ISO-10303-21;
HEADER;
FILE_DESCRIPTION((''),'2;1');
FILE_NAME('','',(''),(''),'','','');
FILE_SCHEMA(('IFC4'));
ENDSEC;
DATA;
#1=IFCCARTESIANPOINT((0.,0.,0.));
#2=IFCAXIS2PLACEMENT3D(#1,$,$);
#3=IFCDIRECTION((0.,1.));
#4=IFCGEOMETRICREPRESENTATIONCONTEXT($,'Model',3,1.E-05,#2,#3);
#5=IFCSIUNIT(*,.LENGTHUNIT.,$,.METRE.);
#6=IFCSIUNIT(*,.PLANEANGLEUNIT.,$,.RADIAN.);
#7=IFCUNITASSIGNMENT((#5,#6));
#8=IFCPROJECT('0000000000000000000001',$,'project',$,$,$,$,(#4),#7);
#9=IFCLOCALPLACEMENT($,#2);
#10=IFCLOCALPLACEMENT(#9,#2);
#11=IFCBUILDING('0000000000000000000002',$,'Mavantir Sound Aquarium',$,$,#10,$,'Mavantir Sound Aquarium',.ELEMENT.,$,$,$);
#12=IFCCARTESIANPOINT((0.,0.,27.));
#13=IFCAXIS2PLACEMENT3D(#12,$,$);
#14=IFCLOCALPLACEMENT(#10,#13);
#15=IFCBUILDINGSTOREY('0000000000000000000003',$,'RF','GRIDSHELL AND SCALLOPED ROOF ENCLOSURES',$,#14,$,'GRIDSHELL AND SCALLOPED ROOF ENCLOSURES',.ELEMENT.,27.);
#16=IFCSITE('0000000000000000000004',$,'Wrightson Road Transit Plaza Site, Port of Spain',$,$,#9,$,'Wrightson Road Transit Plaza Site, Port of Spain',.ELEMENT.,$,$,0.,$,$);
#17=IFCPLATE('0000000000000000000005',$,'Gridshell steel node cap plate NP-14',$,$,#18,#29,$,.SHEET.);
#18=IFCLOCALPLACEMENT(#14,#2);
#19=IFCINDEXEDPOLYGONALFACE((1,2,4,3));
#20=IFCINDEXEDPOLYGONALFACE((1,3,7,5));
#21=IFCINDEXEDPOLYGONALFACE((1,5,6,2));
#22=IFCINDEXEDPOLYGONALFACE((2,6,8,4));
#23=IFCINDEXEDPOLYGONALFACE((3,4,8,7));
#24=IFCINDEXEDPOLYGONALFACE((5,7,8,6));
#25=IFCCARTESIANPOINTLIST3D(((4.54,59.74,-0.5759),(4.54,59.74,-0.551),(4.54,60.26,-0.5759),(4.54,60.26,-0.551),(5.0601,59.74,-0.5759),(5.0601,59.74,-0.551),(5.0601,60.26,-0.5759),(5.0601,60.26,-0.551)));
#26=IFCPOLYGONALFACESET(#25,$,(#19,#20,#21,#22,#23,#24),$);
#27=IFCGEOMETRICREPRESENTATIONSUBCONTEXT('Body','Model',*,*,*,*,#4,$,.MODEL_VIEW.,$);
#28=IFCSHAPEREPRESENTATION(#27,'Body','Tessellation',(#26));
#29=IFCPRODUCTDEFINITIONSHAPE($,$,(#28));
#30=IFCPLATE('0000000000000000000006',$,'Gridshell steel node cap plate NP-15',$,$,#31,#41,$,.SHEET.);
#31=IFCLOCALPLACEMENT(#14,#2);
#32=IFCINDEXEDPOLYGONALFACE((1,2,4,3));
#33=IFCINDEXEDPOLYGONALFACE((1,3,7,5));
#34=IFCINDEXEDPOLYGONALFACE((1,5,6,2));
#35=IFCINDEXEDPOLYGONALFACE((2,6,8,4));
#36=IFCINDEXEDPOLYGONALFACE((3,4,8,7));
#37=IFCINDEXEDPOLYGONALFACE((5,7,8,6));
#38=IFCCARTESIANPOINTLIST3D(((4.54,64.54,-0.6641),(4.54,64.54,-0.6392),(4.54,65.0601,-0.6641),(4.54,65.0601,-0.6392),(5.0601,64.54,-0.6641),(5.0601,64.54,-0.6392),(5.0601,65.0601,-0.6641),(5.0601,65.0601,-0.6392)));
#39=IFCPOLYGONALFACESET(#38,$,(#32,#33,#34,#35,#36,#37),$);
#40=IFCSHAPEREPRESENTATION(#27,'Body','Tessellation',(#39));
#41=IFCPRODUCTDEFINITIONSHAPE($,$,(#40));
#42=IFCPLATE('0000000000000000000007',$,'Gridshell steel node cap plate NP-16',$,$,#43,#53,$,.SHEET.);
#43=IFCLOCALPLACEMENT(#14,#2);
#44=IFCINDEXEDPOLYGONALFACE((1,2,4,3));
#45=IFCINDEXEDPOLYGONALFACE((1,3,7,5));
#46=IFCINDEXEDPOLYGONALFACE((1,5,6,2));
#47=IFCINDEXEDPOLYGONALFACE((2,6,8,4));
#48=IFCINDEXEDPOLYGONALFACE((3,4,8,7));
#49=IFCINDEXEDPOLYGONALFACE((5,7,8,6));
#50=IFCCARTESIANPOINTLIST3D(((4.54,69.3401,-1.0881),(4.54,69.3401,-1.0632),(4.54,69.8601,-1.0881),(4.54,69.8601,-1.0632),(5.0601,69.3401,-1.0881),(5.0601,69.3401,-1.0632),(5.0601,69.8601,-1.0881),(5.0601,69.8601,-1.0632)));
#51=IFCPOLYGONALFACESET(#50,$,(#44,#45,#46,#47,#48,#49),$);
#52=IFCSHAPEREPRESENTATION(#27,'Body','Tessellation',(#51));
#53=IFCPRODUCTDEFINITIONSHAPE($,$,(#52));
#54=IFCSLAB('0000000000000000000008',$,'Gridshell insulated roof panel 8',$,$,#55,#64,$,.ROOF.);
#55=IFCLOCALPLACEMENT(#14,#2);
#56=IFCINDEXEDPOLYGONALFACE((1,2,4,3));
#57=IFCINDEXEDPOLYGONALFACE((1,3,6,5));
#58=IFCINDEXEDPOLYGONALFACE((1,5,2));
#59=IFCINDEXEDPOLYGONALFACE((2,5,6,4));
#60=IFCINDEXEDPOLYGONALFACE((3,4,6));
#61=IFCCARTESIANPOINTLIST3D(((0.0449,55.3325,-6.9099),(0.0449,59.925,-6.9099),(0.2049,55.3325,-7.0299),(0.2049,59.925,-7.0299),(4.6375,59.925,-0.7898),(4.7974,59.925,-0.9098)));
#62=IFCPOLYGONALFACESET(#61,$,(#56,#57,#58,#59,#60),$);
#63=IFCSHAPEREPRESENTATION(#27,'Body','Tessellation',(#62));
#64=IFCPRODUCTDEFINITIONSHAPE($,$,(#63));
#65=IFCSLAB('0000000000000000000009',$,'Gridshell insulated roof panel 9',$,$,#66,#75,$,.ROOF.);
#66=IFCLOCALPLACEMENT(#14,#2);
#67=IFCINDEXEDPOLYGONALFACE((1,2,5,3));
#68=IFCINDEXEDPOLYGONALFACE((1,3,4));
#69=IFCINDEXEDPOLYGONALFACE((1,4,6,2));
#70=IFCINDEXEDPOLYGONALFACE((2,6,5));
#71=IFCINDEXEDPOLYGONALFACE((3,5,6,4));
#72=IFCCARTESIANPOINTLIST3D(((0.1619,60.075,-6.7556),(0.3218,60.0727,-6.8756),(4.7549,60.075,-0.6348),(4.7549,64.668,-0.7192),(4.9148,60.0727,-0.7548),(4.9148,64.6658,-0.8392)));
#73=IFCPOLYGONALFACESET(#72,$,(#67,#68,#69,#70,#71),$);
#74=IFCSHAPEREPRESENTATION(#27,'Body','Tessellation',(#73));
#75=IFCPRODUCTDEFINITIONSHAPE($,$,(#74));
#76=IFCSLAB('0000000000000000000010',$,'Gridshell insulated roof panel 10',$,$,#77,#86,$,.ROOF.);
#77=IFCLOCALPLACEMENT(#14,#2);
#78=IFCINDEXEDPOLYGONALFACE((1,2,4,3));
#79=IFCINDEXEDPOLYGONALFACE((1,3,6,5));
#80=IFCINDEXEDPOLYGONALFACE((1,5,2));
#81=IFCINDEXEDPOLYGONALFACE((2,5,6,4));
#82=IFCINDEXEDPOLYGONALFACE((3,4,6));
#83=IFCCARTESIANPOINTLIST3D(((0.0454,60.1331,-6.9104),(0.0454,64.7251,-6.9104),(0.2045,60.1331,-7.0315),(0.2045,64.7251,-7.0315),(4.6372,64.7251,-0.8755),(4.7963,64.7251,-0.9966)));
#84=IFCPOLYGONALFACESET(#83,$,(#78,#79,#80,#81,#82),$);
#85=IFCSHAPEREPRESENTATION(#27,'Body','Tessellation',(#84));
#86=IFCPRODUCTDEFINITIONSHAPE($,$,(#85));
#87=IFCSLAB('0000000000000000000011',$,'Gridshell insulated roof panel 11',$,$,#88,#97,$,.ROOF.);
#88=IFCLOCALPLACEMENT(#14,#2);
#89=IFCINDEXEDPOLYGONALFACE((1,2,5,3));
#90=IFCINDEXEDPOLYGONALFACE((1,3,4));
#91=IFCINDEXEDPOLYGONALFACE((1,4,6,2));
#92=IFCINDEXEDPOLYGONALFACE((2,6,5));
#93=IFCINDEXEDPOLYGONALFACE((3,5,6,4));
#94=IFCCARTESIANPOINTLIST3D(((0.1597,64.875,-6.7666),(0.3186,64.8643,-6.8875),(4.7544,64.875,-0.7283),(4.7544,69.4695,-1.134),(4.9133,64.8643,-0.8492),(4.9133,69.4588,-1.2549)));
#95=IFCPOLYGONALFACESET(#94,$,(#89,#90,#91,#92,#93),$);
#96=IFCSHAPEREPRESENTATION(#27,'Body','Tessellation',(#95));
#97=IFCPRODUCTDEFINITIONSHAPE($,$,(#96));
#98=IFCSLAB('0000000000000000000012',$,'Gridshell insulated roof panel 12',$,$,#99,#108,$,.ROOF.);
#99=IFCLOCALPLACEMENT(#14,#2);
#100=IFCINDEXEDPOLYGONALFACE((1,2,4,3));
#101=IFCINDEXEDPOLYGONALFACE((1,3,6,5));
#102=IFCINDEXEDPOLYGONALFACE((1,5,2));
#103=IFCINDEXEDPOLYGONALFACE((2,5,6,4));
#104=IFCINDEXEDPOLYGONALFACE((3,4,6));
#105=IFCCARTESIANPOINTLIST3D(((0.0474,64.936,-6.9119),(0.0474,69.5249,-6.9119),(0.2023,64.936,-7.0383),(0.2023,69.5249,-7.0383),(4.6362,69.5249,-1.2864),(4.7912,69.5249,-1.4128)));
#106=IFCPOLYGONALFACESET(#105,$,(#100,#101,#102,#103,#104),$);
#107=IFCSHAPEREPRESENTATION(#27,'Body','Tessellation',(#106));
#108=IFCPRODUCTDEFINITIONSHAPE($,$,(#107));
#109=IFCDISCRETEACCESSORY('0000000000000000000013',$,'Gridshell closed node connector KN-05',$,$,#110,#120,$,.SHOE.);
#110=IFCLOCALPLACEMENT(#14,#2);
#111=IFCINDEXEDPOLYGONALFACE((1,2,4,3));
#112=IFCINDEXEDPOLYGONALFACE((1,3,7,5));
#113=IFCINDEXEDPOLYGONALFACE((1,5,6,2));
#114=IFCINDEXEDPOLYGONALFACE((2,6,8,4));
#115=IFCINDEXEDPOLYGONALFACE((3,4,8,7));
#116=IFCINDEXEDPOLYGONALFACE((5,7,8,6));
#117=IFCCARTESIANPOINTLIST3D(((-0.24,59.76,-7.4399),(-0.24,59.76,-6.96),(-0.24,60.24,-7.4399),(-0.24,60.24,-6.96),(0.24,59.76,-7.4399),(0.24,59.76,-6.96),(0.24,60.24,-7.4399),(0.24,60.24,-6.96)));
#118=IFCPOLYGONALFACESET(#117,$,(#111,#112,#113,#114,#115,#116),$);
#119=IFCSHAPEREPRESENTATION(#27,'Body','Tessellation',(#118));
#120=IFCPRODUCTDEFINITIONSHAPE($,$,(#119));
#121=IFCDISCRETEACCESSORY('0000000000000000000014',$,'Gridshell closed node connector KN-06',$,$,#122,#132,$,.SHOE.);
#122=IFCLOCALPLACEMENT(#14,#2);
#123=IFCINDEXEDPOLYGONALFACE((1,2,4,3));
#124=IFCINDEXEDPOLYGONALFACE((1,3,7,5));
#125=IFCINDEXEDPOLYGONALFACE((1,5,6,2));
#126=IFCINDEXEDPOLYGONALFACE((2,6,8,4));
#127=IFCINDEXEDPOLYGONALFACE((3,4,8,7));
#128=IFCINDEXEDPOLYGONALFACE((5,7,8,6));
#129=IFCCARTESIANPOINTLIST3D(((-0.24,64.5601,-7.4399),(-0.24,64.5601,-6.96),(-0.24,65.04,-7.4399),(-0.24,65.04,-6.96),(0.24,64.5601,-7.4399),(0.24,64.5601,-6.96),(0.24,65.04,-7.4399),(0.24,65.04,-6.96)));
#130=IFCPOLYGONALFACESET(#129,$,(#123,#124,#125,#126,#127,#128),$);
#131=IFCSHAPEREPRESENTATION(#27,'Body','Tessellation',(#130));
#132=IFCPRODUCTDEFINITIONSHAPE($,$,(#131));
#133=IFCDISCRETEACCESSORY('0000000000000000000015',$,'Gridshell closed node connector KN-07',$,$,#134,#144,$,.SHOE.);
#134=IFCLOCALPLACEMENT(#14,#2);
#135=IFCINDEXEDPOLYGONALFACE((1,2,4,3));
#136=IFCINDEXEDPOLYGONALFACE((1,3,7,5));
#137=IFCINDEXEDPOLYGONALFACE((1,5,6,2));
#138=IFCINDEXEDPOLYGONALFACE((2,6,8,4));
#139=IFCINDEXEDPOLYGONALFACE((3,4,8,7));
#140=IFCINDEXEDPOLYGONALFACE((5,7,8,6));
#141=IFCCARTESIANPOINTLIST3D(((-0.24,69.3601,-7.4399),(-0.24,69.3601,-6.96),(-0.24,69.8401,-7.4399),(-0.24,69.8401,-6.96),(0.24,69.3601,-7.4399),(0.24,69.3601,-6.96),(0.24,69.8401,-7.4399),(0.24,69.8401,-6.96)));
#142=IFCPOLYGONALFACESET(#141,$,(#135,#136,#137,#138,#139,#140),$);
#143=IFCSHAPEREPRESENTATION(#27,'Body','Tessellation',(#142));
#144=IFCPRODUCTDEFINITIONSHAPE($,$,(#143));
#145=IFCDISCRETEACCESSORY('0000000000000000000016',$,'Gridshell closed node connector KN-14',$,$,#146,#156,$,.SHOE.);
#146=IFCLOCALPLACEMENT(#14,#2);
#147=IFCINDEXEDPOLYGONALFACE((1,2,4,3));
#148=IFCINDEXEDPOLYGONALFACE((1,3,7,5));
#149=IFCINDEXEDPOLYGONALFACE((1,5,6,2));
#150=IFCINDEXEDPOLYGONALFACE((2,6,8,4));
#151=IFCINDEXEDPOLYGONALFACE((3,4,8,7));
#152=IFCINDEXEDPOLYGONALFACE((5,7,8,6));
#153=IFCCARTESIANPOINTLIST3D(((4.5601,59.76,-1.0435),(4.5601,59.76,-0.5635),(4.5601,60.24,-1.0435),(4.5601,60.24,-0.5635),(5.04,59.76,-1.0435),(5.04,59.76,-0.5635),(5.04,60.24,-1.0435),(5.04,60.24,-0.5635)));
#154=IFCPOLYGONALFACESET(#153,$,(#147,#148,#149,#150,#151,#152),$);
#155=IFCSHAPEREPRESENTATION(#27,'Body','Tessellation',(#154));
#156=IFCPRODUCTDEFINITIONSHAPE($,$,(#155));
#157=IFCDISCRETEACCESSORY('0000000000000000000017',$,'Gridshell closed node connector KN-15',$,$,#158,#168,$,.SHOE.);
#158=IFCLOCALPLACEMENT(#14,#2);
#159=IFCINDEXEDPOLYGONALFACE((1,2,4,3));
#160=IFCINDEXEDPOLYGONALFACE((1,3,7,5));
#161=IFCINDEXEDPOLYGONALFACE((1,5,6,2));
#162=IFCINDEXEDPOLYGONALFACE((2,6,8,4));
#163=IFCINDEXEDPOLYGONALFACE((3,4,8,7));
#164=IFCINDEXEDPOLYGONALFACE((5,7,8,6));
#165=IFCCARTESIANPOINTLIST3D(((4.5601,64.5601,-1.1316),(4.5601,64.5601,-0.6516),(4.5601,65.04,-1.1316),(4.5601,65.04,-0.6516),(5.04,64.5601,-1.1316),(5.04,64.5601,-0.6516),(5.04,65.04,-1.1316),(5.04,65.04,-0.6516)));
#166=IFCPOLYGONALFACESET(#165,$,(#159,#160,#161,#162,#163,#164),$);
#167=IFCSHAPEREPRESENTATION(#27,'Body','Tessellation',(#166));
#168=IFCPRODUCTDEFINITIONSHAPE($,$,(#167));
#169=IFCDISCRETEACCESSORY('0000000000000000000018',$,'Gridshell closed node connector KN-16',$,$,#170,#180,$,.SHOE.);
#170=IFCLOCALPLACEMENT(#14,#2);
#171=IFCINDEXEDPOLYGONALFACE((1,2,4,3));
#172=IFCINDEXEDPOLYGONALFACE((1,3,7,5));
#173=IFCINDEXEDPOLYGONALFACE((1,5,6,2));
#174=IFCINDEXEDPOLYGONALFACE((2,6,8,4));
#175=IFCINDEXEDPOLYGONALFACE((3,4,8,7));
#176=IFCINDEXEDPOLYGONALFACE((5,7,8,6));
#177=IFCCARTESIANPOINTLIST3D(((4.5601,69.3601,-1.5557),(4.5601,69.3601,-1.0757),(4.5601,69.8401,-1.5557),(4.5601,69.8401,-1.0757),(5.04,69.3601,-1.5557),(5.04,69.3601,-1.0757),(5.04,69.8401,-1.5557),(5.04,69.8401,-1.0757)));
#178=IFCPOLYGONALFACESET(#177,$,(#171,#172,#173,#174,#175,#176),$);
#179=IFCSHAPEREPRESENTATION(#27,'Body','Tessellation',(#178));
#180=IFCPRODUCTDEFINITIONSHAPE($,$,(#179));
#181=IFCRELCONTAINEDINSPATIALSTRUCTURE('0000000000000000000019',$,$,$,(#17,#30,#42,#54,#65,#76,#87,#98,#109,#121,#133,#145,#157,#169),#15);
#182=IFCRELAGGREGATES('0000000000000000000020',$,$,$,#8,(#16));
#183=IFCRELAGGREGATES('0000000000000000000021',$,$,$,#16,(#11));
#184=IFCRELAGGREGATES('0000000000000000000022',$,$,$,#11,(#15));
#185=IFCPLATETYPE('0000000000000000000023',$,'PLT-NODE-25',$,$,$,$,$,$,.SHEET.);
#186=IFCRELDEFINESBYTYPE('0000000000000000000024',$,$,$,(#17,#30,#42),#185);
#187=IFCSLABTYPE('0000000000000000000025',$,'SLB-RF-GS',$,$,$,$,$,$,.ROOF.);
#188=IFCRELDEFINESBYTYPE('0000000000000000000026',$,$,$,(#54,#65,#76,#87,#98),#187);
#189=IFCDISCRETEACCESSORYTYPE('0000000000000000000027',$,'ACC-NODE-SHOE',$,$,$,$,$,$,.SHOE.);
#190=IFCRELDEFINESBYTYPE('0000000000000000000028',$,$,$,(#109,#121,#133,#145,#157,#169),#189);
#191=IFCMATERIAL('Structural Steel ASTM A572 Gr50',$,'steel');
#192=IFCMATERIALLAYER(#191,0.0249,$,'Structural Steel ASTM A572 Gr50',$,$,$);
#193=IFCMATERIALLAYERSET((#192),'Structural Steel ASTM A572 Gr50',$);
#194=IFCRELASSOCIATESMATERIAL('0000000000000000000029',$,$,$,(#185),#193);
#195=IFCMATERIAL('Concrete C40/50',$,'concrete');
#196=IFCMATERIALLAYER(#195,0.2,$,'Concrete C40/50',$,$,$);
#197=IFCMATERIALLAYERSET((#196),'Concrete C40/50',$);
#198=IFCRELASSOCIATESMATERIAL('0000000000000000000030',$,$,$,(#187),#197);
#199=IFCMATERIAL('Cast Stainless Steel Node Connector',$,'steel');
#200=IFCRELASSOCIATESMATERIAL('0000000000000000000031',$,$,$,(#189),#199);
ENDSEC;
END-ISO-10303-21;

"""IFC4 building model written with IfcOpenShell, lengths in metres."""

from ifc_helpers import new_model, si_unit, direction, frame, origin, origin_2d, place, context, subcontext, project, spatial, polyline, rectangle, outline, extrude, material, layer, layer_set, type_object, element, save


model = new_model("IFC4")

# Units and contexts
model_context = context("Model", 3, precision=1e-05, world=origin(), true_north=direction((0.0, 1.0)))
body_context = subcontext(model_context, "Body", "Model", "MODEL_VIEW")
ifc_project = project(units=[si_unit("LENGTHUNIT", "METRE"), si_unit("PLANEANGLEUNIT", "RADIAN")], contexts=[model_context])

# Site, building, storey
site_placement = place(None, origin())
site = spatial("IfcSite", under=ifc_project, at=site_placement, Name="Wrightson Road Transit Plaza Site, Port of Spain", LongName="Wrightson Road Transit Plaza Site, Port of Spain", CompositionType="ELEMENT", RefElevation=0.0)
building_placement = place(site_placement, origin())
building = spatial("IfcBuilding", under=site, at=building_placement, Name="Mavantir Sound Aquarium", LongName="Mavantir Sound Aquarium", CompositionType="ELEMENT")
storey_placement = place(building_placement, frame((0.0, 0.0, 27.0)))
storey = spatial("IfcBuildingStorey", under=building, at=storey_placement, Name="RF", Description="GRIDSHELL AND SCALLOPED ROOF ENCLOSURES", LongName="GRIDSHELL AND SCALLOPED ROOF ENCLOSURES", CompositionType="ELEMENT", Elevation=27.0)

# Plates
ifc_material_1 = material(Name="Structural Steel ASTM A572 Gr50", Category="steel")
ifc_layer_1 = layer(ifc_material_1, 0.0249, Name="Structural Steel ASTM A572 Gr50")
ifc_layer_set_1 = layer_set([ifc_layer_1], Name="Structural Steel ASTM A572 Gr50")
plate_type_1 = type_object("IfcPlateType", Name="PLT-NODE-25", PredefinedType="SHEET", material=ifc_layer_set_1)
for number, where, z_axis, x_axis, name in (
    (1, (4.8, 60.0, -0.5759), (0.0, 0.0, 1.0), (1.0, 0.0, 0.0), "Gridshell steel node cap plate NP-14"),
    (2, (4.8, 64.8, -0.6641), (0.0, 0.0, 1.0), (1.0, 0.0, 0.0), "Gridshell steel node cap plate NP-15"),
    (3, (4.8, 69.6001, -1.0881), (0.0, 0.0, 1.0), (1.0, 0.0, 0.0), "Gridshell steel node cap plate NP-16"),
):
    element("IfcPlate", number, at=place(storey_placement, frame(where, z_axis=z_axis, x_axis=x_axis)), inside=storey, type_object=plate_type_1, Name=name, PredefinedType="SHEET", context=body_context, shape_type="SweptSolid", body=[
        extrude(rectangle(XDim=0.52, YDim=0.52, at=origin_2d()), origin(), (0.0, 0.0, 1.0), 0.0249),
    ])

# Slabs
ifc_material_2 = material(Name="Concrete C40/50", Category="concrete")
ifc_layer_2 = layer(ifc_material_2, 0.2, Name="Concrete C40/50")
ifc_layer_set_2 = layer_set([ifc_layer_2], Name="Concrete C40/50")
slab_type = type_object("IfcSlabType", Name="SLB-RF-GS", PredefinedType="ROOF", material=ifc_layer_set_2)
slab_1_placement = place(storey_placement, frame((0.0449, 55.3325, -6.9099), z_axis=(-0.799847, 0.0, 0.600204), x_axis=(0.514624, 0.514624, 0.685801)))
element("IfcSlab", 4, at=slab_1_placement, inside=storey, type_object=slab_type, Name="Gridshell insulated roof panel 8", PredefinedType="ROOF", context=body_context, shape_type="SweptSolid", body=[
    extrude(outline(polyline([(0.0, 0.0), (8.924, 0.0), (2.3634, 3.9377), (0.0, 0.0)])), origin(), (0.0, 0.0, -1.0), 0.2),
])
slab_2_placement = place(storey_placement, frame((0.1619, 60.075, -6.7556), z_axis=(-0.799802, 0.011038, 0.600162), x_axis=(0.600199, 0.0, 0.799851)))
element("IfcSlab", 5, at=slab_2_placement, inside=storey, type_object=slab_type, Name="Gridshell insulated roof panel 9", PredefinedType="ROOF", context=body_context, shape_type="SweptSolid", body=[
    extrude(outline(polyline([(0.0, 0.0), (7.6525, 0.0), (7.5849, 4.5933), (0.0, 0.0)])), origin(), (0.0, 0.0, -1.0), 0.2),
])
slab_3_placement = place(storey_placement, frame((0.0454, 60.1331, -6.9104), z_axis=(-0.795828, 0.0, 0.605523), x_axis=(0.517958, 0.517986, 0.680743)))
element("IfcSlab", 6, at=slab_3_placement, inside=storey, type_object=slab_type, Name="Gridshell insulated roof panel 10", PredefinedType="ROOF", context=body_context, shape_type="SweptSolid", body=[
    extrude(outline(polyline([(0.0, 0.0), (8.8652, 0.0), (2.3786, 3.928), (0.0, 0.0)])), origin(), (0.0, 0.0, -1.0), 0.2),
])
slab_4_placement = place(storey_placement, frame((0.1597, 64.875, -6.7666), z_axis=(-0.794671, 0.053403, 0.604687), x_axis=(0.605551, 0.0, 0.795807)))
element("IfcSlab", 7, at=slab_4_placement, inside=storey, type_object=slab_type, Name="Gridshell insulated roof panel 11", PredefinedType="ROOF", context=body_context, shape_type="SweptSolid", body=[
    extrude(outline(polyline([(0.0, 0.0), (7.5877, 0.0), (7.2648, 4.601), (0.0, 0.0)])), origin(), (0.0, 0.0, -1.0), 0.2),
])
slab_5_placement = place(storey_placement, frame((0.0474, 64.936, -6.9119), z_axis=(-0.774888, 0.0, 0.632098), x_axis=(0.534307, 0.534307, 0.655006)))
element("IfcSlab", 8, at=slab_5_placement, inside=storey, type_object=slab_type, Name="Gridshell insulated roof panel 12", PredefinedType="ROOF", context=body_context, shape_type="SweptSolid", body=[
    extrude(outline(polyline([(0.0, 0.0), (8.5885, 0.0), (2.4519, 3.8789), (0.0, 0.0)])), origin(), (0.0, 0.0, -1.0), 0.2),
])

# Discrete accessories
ifc_material_3 = material(Name="Cast Stainless Steel Node Connector", Category="steel")
discrete_accessory_type = type_object("IfcDiscreteAccessoryType", Name="ACC-NODE-SHOE", PredefinedType="SHOE", material=ifc_material_3)
for number, where, z_axis, x_axis, name in (
    (9, (0.0, 60.0, -7.4399), (0.0, 0.0, 1.0), (1.0, 0.0, 0.0), "Gridshell closed node connector KN-05"),
    (10, (0.0, 64.8, -7.4399), (0.0, 0.0, 1.0), (1.0, 0.0, 0.0), "Gridshell closed node connector KN-06"),
    (11, (0.0, 69.6001, -7.4399), (0.0, 0.0, 1.0), (1.0, 0.0, 0.0), "Gridshell closed node connector KN-07"),
    (12, (4.8, 60.0, -1.0435), (0.0, 0.0, 1.0), (1.0, 0.0, 0.0), "Gridshell closed node connector KN-14"),
    (13, (4.8, 64.8, -1.1316), (0.0, 0.0, 1.0), (1.0, 0.0, 0.0), "Gridshell closed node connector KN-15"),
    (14, (4.8, 69.6001, -1.5557), (0.0, 0.0, 1.0), (1.0, 0.0, 0.0), "Gridshell closed node connector KN-16"),
):
    element("IfcDiscreteAccessory", number, at=place(storey_placement, frame(where, z_axis=z_axis, x_axis=x_axis)), inside=storey, type_object=discrete_accessory_type, Name=name, PredefinedType="SHOE", context=body_context, shape_type="SweptSolid", body=[
        extrude(rectangle(XDim=0.48, YDim=0.48, at=origin_2d()), origin(), (0.0, 0.0, 1.0), 0.48),
    ])

save(model, "model.ifc")
